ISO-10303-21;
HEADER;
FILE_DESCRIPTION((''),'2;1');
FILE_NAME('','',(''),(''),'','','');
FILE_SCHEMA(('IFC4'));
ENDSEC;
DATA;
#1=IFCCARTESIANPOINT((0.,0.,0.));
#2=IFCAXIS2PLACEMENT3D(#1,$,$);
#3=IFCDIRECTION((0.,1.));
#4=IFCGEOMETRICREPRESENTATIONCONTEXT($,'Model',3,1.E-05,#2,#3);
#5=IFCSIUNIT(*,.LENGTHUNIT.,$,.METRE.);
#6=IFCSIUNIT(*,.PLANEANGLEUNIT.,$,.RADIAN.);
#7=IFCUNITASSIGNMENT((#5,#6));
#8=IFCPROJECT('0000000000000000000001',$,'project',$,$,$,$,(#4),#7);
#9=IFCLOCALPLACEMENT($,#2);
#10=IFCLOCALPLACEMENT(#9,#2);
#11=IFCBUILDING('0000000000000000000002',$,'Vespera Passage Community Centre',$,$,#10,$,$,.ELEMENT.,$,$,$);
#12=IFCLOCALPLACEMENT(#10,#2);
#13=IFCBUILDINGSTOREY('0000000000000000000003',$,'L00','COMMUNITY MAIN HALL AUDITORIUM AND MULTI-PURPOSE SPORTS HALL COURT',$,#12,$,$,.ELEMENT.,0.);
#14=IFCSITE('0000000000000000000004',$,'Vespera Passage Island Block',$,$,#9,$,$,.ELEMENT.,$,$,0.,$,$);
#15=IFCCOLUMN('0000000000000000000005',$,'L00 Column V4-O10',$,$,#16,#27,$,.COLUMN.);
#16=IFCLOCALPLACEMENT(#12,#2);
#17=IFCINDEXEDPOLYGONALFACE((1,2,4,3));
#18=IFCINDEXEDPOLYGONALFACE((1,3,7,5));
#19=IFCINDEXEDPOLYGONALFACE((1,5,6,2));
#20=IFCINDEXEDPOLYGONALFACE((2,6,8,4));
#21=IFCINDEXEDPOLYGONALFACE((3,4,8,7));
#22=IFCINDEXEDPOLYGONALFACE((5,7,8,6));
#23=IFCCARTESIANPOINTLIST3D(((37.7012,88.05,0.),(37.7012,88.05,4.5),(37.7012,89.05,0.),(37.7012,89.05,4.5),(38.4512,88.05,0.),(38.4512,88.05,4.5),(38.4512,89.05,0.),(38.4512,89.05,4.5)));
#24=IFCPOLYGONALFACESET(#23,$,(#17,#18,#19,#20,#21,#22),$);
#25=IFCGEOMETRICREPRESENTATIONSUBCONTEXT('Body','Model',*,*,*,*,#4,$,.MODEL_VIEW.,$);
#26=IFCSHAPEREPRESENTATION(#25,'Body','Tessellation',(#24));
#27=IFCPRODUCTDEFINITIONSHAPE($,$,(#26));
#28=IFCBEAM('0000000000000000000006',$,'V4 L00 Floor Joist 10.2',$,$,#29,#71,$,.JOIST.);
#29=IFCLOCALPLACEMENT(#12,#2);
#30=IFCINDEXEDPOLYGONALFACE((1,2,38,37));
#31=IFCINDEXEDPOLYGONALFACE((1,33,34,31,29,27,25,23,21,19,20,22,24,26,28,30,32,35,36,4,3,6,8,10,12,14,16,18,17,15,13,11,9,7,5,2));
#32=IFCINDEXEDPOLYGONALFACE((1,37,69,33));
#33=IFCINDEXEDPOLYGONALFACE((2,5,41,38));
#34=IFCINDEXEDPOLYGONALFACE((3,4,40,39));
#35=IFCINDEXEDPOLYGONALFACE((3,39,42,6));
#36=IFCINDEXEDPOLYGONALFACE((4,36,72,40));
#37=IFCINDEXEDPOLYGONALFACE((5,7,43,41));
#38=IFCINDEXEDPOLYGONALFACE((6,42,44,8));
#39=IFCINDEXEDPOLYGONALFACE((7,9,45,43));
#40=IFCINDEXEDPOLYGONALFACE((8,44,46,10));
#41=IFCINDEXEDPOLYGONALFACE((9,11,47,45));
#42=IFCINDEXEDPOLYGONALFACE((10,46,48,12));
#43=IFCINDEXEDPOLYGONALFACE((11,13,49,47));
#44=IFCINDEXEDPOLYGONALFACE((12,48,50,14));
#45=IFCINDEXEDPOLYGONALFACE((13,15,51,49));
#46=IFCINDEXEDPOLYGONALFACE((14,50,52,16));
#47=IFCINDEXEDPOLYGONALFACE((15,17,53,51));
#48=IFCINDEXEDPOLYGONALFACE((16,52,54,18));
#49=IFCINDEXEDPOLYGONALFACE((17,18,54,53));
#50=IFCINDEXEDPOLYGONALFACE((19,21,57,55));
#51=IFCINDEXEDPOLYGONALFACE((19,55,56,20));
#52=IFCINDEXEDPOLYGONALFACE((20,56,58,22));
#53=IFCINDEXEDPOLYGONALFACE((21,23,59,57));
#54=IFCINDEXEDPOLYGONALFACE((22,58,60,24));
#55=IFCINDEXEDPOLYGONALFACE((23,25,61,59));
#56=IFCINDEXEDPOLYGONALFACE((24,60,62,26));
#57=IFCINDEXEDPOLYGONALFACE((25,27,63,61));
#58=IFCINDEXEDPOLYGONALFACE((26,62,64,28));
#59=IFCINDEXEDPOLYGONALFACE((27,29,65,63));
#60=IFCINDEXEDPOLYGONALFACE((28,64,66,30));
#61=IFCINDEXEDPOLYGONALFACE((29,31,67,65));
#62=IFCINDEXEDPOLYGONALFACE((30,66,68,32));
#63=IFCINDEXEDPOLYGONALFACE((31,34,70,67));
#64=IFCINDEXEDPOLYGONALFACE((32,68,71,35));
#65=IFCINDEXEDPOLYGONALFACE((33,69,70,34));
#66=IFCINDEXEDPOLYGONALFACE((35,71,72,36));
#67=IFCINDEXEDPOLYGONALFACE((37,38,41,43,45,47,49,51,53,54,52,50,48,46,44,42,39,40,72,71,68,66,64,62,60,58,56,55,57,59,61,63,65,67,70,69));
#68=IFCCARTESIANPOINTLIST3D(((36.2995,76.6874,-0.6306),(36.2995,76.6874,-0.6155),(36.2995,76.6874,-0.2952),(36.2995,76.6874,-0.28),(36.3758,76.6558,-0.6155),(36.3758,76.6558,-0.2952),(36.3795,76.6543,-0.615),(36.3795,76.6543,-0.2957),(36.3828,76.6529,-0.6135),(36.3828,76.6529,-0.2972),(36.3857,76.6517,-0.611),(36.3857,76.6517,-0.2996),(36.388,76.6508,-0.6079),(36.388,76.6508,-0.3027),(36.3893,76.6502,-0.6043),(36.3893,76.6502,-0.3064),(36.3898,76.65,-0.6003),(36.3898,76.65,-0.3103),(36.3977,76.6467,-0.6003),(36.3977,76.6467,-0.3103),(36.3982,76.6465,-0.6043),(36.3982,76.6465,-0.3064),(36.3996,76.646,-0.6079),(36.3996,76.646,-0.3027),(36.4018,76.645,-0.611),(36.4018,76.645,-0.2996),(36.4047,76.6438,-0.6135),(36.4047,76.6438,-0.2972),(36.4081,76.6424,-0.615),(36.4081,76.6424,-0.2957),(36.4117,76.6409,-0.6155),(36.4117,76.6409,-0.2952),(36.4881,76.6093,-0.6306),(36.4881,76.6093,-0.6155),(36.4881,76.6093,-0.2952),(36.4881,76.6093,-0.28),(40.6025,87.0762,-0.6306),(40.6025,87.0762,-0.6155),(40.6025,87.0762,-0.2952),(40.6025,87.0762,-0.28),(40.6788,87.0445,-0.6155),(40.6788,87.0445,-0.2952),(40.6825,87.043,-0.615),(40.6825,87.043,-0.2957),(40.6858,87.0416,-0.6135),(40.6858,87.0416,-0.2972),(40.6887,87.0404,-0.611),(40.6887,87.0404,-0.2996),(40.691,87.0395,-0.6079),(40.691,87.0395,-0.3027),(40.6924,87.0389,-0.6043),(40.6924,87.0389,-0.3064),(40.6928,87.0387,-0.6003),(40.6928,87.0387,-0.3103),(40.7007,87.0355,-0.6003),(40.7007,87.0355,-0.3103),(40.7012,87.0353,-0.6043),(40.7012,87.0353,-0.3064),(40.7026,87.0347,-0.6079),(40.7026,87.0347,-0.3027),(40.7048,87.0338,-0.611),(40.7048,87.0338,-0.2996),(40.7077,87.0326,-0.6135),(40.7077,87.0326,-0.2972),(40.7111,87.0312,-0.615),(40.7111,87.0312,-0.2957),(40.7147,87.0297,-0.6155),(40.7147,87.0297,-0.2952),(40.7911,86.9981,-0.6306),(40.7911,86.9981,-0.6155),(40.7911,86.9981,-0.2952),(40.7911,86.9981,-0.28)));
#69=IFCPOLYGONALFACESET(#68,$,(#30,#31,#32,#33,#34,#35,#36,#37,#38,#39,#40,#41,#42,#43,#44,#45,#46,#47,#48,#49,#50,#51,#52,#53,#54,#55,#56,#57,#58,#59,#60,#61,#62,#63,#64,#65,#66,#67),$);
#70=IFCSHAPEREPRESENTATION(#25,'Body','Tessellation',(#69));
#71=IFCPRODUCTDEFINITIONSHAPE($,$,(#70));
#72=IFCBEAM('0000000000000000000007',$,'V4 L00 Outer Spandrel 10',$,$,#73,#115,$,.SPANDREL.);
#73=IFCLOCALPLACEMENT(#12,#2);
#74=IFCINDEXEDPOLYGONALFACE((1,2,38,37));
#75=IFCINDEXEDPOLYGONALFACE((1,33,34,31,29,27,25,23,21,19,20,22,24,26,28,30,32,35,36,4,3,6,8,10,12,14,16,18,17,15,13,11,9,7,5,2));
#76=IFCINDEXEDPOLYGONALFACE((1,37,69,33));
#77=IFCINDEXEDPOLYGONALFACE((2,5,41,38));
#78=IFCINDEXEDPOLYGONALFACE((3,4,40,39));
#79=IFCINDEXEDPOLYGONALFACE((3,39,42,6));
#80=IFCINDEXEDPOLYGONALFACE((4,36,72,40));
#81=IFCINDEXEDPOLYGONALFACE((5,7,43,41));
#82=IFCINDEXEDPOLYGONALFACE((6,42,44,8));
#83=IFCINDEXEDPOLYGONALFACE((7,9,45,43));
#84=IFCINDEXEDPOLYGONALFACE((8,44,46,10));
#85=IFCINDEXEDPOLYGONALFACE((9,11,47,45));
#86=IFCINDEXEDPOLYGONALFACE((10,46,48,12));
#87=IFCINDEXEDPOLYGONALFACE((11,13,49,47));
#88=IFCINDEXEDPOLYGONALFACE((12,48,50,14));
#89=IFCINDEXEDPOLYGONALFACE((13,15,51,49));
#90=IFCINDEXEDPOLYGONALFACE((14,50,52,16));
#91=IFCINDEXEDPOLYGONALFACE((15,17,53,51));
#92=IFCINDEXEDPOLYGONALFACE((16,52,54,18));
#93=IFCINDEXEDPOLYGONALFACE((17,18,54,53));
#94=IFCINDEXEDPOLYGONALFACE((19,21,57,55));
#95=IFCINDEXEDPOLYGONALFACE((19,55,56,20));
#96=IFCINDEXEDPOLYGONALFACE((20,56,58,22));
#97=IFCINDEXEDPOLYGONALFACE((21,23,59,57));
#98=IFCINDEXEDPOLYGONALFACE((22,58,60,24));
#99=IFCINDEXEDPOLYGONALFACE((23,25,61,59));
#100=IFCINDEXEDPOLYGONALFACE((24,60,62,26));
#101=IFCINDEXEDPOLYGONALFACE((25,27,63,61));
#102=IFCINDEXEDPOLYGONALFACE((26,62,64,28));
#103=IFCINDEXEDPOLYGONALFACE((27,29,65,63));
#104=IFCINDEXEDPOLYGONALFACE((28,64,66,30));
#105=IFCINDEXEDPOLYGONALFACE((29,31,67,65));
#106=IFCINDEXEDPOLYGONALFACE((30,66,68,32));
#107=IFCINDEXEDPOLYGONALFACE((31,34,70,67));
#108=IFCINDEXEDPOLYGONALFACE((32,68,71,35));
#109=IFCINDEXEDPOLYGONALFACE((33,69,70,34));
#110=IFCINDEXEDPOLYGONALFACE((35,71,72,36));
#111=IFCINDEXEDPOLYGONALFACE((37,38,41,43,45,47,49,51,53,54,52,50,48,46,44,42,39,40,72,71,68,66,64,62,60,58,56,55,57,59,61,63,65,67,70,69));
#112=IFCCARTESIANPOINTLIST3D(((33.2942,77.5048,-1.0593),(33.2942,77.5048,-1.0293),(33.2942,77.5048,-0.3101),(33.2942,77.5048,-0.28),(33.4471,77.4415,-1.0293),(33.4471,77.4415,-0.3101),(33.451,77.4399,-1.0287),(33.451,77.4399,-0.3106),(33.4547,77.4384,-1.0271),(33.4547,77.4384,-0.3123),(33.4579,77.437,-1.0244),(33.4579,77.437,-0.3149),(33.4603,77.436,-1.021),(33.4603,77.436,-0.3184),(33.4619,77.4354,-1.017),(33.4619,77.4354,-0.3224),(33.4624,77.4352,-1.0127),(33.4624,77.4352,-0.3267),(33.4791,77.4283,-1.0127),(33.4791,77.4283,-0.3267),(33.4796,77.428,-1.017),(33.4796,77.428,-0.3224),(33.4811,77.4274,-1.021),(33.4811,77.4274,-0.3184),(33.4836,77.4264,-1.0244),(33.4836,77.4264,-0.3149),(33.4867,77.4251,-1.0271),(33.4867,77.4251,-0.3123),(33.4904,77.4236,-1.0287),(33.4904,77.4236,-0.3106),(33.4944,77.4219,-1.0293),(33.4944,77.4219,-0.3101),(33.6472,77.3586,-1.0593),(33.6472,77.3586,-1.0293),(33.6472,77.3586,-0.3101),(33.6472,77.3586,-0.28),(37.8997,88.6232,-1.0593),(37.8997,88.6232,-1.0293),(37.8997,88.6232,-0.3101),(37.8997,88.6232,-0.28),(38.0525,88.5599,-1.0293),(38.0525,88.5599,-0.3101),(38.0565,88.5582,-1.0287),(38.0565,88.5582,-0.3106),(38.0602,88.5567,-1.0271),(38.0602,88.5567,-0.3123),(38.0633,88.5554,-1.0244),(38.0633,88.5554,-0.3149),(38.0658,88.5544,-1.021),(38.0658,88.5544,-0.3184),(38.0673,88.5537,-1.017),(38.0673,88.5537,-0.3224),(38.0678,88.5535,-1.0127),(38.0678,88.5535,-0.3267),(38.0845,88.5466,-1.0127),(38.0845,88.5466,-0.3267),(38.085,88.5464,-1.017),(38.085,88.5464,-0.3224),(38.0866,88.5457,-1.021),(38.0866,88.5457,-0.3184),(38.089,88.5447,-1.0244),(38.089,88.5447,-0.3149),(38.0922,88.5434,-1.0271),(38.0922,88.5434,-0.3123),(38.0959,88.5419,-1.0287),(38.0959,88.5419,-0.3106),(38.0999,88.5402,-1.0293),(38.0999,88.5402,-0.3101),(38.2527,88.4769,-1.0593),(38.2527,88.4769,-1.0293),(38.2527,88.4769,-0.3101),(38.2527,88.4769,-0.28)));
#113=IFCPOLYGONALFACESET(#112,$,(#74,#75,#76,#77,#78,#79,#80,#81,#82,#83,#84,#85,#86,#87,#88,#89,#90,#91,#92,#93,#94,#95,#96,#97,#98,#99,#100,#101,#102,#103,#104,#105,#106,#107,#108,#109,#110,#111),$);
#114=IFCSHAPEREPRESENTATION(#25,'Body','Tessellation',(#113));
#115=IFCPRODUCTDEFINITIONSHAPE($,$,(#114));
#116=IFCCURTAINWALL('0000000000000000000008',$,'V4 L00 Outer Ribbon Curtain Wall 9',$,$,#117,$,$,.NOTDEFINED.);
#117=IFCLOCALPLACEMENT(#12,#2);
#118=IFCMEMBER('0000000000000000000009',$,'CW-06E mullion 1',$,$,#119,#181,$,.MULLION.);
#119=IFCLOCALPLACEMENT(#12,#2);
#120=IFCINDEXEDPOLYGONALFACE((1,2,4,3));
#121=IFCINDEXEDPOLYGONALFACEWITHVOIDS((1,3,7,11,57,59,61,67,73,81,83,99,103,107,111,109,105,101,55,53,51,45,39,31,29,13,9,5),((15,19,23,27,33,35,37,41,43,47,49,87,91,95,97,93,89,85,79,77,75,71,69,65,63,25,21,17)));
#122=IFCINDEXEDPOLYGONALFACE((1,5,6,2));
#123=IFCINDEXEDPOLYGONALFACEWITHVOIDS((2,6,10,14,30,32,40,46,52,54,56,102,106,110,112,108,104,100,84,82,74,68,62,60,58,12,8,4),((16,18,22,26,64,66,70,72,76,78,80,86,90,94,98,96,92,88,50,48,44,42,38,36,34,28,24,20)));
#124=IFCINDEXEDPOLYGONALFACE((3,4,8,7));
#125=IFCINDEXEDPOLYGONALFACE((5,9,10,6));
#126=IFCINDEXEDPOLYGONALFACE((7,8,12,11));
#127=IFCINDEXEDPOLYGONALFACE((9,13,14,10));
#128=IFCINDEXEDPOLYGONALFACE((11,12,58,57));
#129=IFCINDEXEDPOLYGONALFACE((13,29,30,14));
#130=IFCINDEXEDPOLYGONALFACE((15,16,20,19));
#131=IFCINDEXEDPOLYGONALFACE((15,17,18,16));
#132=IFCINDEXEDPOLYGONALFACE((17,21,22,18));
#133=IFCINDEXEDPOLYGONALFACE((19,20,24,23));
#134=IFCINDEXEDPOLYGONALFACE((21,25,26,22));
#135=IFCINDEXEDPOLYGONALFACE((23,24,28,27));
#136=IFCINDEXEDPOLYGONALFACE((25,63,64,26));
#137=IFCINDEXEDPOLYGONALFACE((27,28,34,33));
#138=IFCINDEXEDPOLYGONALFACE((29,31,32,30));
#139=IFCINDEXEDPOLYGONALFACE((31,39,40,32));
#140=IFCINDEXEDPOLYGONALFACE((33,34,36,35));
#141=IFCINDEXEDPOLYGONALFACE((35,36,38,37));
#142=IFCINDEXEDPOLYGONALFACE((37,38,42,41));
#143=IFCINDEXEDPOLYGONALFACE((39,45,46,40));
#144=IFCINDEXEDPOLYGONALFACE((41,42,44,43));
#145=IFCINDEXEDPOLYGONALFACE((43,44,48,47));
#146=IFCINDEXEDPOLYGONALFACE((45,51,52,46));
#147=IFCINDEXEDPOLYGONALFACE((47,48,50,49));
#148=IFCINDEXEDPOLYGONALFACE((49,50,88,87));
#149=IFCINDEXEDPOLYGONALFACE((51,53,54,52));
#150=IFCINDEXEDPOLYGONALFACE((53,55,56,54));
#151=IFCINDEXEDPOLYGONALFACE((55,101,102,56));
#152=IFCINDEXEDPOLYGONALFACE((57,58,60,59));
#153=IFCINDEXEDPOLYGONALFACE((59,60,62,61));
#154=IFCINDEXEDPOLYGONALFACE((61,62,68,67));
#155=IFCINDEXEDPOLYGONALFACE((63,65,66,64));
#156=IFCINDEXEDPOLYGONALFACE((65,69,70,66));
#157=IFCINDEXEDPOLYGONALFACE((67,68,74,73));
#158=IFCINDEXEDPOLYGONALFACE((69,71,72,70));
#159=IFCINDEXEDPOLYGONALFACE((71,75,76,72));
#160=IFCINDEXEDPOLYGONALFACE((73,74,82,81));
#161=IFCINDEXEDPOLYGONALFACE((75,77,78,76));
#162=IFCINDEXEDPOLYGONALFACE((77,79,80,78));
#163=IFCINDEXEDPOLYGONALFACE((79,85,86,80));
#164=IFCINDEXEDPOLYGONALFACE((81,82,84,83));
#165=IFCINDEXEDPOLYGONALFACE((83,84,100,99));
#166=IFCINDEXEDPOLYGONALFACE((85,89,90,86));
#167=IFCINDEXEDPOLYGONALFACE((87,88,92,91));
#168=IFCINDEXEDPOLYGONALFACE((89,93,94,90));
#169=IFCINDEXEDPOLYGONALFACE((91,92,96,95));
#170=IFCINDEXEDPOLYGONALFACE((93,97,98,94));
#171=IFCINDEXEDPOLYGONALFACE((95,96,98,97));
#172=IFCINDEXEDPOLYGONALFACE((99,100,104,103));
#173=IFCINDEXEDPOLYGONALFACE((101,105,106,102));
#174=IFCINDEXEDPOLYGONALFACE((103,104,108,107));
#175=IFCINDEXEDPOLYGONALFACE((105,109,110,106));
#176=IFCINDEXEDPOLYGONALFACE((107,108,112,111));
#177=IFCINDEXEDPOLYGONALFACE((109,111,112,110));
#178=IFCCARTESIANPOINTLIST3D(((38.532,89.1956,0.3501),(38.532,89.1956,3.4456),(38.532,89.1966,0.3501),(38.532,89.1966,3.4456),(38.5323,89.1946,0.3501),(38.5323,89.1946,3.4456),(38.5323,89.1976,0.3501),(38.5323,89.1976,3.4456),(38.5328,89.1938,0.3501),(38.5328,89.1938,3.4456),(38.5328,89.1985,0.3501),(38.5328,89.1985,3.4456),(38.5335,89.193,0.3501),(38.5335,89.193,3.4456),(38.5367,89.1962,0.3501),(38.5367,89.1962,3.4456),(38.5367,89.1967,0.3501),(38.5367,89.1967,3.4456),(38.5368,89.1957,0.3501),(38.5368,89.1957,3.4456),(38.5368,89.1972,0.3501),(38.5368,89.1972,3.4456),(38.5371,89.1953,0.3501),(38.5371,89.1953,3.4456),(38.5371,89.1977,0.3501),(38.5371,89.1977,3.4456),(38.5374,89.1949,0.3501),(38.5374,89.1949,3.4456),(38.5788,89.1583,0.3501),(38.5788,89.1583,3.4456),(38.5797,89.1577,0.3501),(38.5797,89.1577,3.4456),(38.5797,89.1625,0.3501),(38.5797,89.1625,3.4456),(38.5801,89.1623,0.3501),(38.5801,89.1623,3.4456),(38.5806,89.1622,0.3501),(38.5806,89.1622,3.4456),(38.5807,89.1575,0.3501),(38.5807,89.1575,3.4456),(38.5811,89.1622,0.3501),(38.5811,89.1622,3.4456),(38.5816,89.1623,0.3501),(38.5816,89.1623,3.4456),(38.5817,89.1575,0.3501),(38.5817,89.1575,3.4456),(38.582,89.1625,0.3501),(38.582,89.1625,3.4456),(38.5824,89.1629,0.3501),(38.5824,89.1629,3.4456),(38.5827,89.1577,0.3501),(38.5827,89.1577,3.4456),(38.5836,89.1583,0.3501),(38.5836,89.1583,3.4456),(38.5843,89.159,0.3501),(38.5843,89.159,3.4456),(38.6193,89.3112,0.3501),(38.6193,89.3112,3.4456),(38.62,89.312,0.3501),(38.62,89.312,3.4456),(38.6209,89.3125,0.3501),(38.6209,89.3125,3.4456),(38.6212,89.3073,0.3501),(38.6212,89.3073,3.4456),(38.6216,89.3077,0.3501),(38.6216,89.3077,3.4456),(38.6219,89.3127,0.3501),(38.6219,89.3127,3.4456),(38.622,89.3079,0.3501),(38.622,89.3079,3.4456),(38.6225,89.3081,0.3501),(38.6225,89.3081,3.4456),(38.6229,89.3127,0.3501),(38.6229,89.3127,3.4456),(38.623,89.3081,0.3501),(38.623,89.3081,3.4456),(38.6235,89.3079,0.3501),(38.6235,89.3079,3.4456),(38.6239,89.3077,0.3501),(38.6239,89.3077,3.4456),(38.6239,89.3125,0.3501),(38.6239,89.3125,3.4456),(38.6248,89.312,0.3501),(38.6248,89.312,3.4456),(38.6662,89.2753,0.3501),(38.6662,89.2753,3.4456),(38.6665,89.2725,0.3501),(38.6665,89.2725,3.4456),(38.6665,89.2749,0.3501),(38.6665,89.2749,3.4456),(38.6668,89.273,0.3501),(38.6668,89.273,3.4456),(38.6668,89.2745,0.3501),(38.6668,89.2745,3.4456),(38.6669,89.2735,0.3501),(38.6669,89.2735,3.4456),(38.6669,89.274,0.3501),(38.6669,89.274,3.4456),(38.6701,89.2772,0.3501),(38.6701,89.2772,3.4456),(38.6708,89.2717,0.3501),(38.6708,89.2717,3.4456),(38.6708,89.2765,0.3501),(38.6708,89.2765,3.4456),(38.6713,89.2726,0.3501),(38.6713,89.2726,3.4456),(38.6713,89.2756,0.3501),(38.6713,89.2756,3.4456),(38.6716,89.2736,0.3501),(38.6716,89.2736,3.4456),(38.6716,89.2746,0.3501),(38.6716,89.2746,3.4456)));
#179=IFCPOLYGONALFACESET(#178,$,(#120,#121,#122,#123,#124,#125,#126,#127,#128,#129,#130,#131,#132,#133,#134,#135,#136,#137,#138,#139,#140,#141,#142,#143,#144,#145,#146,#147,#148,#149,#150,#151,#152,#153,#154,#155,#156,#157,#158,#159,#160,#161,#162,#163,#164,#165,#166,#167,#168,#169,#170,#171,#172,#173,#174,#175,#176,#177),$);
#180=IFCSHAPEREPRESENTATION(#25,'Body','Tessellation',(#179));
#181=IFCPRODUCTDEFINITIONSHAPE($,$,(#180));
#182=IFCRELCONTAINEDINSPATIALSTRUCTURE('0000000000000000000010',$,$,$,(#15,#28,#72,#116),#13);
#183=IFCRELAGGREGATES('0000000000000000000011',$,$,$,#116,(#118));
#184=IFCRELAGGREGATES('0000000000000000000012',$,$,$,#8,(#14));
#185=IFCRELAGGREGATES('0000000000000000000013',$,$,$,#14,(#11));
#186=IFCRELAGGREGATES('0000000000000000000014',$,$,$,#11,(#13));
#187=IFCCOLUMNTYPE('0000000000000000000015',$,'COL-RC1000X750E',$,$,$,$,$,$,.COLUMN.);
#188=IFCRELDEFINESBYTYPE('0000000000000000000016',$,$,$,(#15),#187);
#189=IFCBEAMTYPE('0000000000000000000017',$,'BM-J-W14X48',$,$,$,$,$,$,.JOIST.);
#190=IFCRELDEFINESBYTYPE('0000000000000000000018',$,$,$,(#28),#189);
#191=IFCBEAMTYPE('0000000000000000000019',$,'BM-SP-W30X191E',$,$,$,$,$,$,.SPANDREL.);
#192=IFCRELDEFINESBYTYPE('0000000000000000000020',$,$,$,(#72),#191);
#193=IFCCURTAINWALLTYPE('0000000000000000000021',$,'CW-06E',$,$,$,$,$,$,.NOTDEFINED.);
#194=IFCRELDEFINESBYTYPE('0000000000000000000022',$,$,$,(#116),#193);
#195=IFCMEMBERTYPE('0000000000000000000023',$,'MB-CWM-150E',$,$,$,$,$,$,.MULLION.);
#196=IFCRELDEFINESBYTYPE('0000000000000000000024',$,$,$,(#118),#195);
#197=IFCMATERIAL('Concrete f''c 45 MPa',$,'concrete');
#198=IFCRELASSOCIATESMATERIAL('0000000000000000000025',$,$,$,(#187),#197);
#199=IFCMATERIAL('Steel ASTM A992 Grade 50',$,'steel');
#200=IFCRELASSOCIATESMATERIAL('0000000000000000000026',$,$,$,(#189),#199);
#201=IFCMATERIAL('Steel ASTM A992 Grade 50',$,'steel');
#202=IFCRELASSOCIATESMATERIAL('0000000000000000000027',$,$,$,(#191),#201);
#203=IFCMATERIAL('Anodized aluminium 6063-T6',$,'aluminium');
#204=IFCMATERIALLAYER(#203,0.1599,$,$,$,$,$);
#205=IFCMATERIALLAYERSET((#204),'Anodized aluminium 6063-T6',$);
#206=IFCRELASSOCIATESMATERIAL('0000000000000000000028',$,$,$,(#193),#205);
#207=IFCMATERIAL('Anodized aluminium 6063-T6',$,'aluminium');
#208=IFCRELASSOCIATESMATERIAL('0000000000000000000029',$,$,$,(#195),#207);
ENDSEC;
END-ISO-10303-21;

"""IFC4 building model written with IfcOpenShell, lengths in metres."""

from ifc_helpers import new_model, si_unit, direction, frame, origin, origin_2d, place, context, subcontext, project, spatial, rectangle, hollow_rectangle, i_section, extrude, material, layer, layer_set, material_profile, profile_set, type_object, element, aggregate, save


model = new_model("IFC4")

# Units and contexts
model_context = context("Model", 3, precision=1e-05, world=origin(), true_north=direction((0.0, 1.0)))
body_context = subcontext(model_context, "Body", "Model", "MODEL_VIEW")
ifc_project = project(units=[si_unit("LENGTHUNIT", "METRE"), si_unit("PLANEANGLEUNIT", "RADIAN")], contexts=[model_context])

# Site, building, storey
site_placement = place(None, origin())
site = spatial("IfcSite", under=ifc_project, at=site_placement, Name="Vespera Passage Island Block", CompositionType="ELEMENT", RefElevation=0.0)
building_placement = place(site_placement, origin())
building = spatial("IfcBuilding", under=site, at=building_placement, Name="Vespera Passage Community Centre", CompositionType="ELEMENT")
storey_placement = place(building_placement, origin())
storey = spatial("IfcBuildingStorey", under=building, at=storey_placement, Name="L00", Description="COMMUNITY MAIN HALL AUDITORIUM AND MULTI-PURPOSE SPORTS HALL COURT", CompositionType="ELEMENT", Elevation=0.0)

# Column
ifc_material_1 = material(Name="Concrete f'c 45 MPa", Category="concrete")
ifc_material_profile_1 = material_profile(ifc_material_1, rectangle(XDim=0.75, YDim=1.0, at=origin_2d()), Name="RC1000X750")
ifc_profile_set_1 = profile_set([ifc_material_profile_1], Name="Concrete f'c 45 MPa")
column_type = type_object("IfcColumnType", Name="COL-RC1000X750E", PredefinedType="COLUMN", material=ifc_profile_set_1)
column_placement = place(storey_placement, frame((38.0762, 88.55, 0.0), z_axis=(0.0, 0.0, 1.0), x_axis=(1.0, 0.0, 0.0)))
element("IfcColumn", 1, at=column_placement, inside=storey, type_object=column_type, Name="L00 Column V4-O10", PredefinedType="COLUMN", context=body_context, shape_type="SweptSolid", body=[
    extrude(rectangle(XDim=0.75, YDim=1.0, at=origin_2d()), origin(), (0.0, 0.0, 1.0), 4.5),
])

# Beams
ifc_material_2 = material(Name="Steel ASTM A992 Grade 50", Category="steel")
ifc_material_profile_2 = material_profile(ifc_material_2, i_section(OverallWidth=0.2041, OverallDepth=0.3506, WebThickness=0.0085, FlangeThickness=0.0151, FilletRadius=0.0151, at=origin_2d()), Name="W14X48")
ifc_profile_set_2 = profile_set([ifc_material_profile_2], Name="Steel ASTM A992 Grade 50")
beam_type_1 = type_object("IfcBeamType", Name="BM-J-W14X48", PredefinedType="JOIST", material=ifc_profile_set_2)
beam_1_placement = place(storey_placement, frame((40.6968, 87.0371, -0.4553), z_axis=(-0.382672, -0.923884, 0.0), x_axis=(0.923884, -0.382672, 0.0)))
element("IfcBeam", 2, at=beam_1_placement, inside=storey, type_object=beam_type_1, Name="V4 L00 Floor Joist 10.2", PredefinedType="JOIST", context=body_context, shape_type="SweptSolid", body=[
    extrude(i_section(OverallWidth=0.2041, OverallDepth=0.3506, WebThickness=0.0085, FlangeThickness=0.0151, FilletRadius=0.0151, at=origin_2d()), origin(), (0.0, 0.0, 1.0), 11.2446),
])
ifc_material_3 = material(Name="Steel ASTM A992 Grade 50", Category="steel")
ifc_material_profile_3 = material_profile(ifc_material_3, i_section(OverallWidth=0.3821, OverallDepth=0.7793, WebThickness=0.0181, FlangeThickness=0.03, FilletRadius=0.0166, at=origin_2d()), Name="W30X191")
ifc_profile_set_3 = profile_set([ifc_material_profile_3], Name="Steel ASTM A992 Grade 50")
beam_type_2 = type_object("IfcBeamType", Name="BM-SP-W30X191E", PredefinedType="SPANDREL", material=ifc_profile_set_3)
beam_2_placement = place(storey_placement, frame((38.0762, 88.55, -0.6697), z_axis=(-0.382689, -0.923877, 0.0), x_axis=(0.923877, -0.382689, 0.0)))
element("IfcBeam", 3, at=beam_2_placement, inside=storey, type_object=beam_type_2, Name="V4 L00 Outer Spandrel 10", PredefinedType="SPANDREL", context=body_context, shape_type="SweptSolid", body=[
    extrude(i_section(OverallWidth=0.3821, OverallDepth=0.7793, WebThickness=0.0181, FlangeThickness=0.03, FilletRadius=0.0166, at=origin_2d()), origin(), (0.0, 0.0, 1.0), 12.0344),
])

# Curtain wall, member
ifc_material_4 = material(Name="Anodized aluminium 6063-T6", Category="aluminium")
ifc_layer_1 = layer(ifc_material_4, 0.1599)
ifc_layer_set_1 = layer_set([ifc_layer_1], Name="Anodized aluminium 6063-T6")
curtain_wall_type_1 = type_object("IfcCurtainWallType", Name="CW-06E", PredefinedType="NOTDEFINED", material=ifc_layer_set_1)
curtain_wall_1_placement = place(storey_placement, origin())
curtain_wall_1 = element("IfcCurtainWall", 4, at=curtain_wall_1_placement, inside=storey, type_object=curtain_wall_type_1, Name="V4 L00 Outer Ribbon Curtain Wall 9", PredefinedType="NOTDEFINED")
ifc_material_5 = material(Name="Anodized aluminium 6063-T6", Category="aluminium")
ifc_material_profile_4 = material_profile(ifc_material_5, hollow_rectangle(XDim=0.0649, YDim=0.1499, WallThickness=0.0039, InnerFilletRadius=0.002, OuterFilletRadius=0.0039, at=origin_2d()), Name="ALU150X65X4")
ifc_profile_set_4 = profile_set([ifc_material_profile_4], Name="Anodized aluminium 6063-T6")
member_type_1 = type_object("IfcMemberType", Name="MB-CWM-150E", PredefinedType="MULLION", material=ifc_profile_set_4)
member_1_placement = place(storey_placement, frame((38.6018, 89.2351, 0.3501), z_axis=(0.0, 0.0, 1.0), x_axis=(-0.79335, 0.608765, 0.0)))
member_1 = element("IfcMember", 5, at=member_1_placement, type_object=member_type_1, Name="CW-06E mullion 1", PredefinedType="MULLION", context=body_context, shape_type="SweptSolid", body=[
    extrude(hollow_rectangle(XDim=0.0649, YDim=0.1499, WallThickness=0.0039, InnerFilletRadius=0.002, OuterFilletRadius=0.0039, at=origin_2d()), origin(), (0.0, 0.0, 1.0), 3.0955),
])

aggregate(curtain_wall_1, [member_1])

save(model, "model.ifc")
